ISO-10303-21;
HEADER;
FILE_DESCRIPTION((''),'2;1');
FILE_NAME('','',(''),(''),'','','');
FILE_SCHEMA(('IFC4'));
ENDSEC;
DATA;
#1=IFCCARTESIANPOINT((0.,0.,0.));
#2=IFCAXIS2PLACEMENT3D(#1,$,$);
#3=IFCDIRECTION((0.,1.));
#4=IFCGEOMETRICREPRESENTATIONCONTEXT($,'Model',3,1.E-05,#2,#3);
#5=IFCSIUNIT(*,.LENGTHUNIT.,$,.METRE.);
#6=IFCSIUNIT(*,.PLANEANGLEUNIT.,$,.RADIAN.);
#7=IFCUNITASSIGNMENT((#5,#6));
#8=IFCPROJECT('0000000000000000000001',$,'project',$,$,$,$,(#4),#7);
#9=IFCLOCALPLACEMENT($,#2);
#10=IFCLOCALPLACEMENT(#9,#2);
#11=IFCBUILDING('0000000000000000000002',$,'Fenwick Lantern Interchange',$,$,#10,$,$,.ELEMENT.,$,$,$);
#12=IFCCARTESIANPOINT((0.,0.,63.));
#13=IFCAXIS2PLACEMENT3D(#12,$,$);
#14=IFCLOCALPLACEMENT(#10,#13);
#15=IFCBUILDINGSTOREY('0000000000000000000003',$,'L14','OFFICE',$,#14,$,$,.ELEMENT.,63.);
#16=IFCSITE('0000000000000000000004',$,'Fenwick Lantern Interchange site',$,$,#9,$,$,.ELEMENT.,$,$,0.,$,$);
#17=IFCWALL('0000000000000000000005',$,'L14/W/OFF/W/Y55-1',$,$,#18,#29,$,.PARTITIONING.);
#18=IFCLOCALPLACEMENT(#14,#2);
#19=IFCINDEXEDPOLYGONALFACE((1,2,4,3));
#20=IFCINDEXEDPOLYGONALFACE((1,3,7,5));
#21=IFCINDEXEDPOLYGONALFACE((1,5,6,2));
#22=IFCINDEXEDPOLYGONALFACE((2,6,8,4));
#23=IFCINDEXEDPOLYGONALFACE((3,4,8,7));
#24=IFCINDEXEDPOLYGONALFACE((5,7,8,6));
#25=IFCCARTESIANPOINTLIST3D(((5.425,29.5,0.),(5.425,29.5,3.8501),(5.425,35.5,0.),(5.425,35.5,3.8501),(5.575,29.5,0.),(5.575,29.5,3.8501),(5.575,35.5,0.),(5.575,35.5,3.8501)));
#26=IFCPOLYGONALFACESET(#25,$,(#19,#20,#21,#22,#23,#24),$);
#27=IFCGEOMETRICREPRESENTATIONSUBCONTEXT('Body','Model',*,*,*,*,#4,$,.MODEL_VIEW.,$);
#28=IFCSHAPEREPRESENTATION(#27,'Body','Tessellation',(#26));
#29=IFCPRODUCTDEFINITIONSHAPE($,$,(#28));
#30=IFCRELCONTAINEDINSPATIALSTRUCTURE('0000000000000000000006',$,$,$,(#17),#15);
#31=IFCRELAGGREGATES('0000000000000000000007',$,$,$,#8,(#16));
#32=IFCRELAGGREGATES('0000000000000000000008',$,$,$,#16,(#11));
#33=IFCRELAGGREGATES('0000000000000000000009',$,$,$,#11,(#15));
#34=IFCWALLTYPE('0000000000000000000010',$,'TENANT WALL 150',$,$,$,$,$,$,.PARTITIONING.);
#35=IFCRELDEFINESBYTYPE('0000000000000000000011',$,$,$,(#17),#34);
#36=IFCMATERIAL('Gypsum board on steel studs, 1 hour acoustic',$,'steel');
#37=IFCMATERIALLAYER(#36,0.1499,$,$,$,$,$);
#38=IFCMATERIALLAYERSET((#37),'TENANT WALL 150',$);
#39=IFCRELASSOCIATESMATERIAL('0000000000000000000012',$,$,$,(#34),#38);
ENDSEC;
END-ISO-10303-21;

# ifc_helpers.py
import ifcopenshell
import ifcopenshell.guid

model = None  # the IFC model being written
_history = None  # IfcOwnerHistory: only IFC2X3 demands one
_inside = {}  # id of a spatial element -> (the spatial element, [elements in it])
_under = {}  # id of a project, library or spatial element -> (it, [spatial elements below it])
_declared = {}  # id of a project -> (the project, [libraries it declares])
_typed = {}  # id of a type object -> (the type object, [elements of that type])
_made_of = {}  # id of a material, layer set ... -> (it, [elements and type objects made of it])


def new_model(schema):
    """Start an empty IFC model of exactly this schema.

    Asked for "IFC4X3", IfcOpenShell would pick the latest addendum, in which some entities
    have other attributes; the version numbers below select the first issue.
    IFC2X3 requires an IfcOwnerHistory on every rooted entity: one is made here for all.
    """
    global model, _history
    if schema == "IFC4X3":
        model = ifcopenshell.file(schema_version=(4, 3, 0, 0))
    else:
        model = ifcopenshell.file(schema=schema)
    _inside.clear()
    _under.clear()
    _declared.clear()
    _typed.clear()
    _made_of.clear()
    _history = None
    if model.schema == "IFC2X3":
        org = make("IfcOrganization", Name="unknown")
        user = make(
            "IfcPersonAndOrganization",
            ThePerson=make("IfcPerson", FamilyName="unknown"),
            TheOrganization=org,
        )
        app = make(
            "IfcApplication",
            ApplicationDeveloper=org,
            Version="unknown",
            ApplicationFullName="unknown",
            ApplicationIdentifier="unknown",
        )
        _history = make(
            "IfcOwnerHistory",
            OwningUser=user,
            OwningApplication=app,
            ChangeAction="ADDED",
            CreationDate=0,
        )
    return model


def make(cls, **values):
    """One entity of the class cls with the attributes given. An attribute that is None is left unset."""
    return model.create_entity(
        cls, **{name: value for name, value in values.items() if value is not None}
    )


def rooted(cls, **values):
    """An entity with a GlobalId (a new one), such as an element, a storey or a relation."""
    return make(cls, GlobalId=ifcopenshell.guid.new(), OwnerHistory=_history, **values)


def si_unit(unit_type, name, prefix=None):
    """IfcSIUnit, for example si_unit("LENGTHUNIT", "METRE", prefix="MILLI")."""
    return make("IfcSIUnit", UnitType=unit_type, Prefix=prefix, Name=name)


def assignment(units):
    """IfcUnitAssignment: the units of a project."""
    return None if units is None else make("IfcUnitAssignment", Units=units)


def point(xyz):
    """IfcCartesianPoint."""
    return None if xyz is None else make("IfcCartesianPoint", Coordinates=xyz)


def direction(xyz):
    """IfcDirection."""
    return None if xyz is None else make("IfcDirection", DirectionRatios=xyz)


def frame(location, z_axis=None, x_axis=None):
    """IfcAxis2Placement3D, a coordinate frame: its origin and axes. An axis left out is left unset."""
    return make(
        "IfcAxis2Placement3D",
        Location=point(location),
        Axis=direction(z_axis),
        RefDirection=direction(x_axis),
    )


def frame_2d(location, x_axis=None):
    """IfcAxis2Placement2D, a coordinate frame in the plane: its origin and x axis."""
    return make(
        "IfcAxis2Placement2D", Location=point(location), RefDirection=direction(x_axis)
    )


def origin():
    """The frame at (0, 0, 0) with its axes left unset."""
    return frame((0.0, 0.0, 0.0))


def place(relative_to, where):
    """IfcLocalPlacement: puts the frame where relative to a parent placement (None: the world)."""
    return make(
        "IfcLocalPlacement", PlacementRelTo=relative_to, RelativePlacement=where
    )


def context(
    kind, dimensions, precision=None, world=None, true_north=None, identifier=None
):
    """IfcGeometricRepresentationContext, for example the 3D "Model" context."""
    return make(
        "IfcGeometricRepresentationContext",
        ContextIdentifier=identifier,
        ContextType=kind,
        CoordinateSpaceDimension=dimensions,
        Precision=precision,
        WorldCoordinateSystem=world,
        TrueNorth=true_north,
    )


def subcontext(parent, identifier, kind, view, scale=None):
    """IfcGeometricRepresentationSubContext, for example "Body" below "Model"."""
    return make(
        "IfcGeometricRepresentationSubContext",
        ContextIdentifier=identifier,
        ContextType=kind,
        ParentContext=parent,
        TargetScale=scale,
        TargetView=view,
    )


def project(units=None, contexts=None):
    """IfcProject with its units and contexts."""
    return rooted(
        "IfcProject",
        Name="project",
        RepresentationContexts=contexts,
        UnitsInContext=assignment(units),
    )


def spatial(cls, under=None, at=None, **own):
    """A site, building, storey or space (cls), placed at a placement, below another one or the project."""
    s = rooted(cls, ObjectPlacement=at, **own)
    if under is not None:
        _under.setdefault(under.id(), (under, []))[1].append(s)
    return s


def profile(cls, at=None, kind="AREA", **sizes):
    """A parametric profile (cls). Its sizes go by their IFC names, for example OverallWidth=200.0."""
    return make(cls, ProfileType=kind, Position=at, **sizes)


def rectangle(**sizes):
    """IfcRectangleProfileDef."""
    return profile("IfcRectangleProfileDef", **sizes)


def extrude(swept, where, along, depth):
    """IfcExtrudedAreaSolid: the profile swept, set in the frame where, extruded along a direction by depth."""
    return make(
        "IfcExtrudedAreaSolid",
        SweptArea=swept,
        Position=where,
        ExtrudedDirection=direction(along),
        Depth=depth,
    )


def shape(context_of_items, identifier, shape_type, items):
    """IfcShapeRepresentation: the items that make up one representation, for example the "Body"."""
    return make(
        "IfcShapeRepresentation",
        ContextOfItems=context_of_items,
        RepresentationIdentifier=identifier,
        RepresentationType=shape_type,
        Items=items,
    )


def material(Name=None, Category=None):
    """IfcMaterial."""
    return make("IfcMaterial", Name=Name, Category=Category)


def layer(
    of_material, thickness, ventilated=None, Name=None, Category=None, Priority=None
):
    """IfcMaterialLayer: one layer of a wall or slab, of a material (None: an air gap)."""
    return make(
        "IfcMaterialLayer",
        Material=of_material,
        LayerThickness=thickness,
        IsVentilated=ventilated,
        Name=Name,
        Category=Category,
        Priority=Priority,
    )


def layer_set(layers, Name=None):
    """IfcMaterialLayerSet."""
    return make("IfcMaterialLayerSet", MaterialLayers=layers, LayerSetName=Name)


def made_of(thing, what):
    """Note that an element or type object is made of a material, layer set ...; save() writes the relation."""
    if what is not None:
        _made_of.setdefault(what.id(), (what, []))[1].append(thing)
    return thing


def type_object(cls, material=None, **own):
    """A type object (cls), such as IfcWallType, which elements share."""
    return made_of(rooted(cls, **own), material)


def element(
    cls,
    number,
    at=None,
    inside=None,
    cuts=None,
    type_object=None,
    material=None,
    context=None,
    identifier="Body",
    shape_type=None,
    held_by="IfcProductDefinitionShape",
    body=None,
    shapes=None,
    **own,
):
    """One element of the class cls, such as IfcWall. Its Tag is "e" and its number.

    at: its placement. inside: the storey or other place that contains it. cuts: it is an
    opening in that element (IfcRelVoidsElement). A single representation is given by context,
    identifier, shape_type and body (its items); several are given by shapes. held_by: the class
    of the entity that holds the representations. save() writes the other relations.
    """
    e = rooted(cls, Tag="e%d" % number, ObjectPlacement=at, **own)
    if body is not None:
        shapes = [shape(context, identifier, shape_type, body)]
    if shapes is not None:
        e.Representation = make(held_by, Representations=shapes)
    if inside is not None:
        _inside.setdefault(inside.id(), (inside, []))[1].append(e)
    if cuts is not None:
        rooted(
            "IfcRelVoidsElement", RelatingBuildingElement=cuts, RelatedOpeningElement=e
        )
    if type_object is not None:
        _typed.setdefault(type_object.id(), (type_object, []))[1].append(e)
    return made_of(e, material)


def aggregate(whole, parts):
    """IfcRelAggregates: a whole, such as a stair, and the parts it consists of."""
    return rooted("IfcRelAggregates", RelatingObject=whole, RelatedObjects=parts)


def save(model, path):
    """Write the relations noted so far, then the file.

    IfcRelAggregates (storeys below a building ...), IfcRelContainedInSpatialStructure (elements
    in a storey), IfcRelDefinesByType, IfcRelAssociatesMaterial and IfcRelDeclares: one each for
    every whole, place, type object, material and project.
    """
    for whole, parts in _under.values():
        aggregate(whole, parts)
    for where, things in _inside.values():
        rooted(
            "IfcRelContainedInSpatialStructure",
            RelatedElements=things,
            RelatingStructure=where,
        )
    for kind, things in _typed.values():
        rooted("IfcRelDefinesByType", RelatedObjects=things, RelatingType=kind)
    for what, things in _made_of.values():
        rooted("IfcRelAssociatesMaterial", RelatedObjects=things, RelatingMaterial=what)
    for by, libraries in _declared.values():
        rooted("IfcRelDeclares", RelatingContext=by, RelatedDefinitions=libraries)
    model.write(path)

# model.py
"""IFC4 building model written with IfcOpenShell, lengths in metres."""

from ifc_helpers import new_model, si_unit, direction, frame, frame_2d, origin, place, context, subcontext, project, spatial, rectangle, extrude, material, layer, layer_set, type_object, element, save


model = new_model("IFC4")

# Units and contexts
model_context = context("Model", 3, precision=1e-05, world=origin(), true_north=direction((0.0, 1.0)))
body_context = subcontext(model_context, "Body", "Model", "MODEL_VIEW")
ifc_project = project(units=[si_unit("LENGTHUNIT", "METRE"), si_unit("PLANEANGLEUNIT", "RADIAN")], contexts=[model_context])

# Site, building, storey
site_placement = place(None, origin())
site = spatial("IfcSite", under=ifc_project, at=site_placement, Name="Fenwick Lantern Interchange site", CompositionType="ELEMENT", RefElevation=0.0)
building_placement = place(site_placement, origin())
building = spatial("IfcBuilding", under=site, at=building_placement, Name="Fenwick Lantern Interchange", CompositionType="ELEMENT")
storey_placement = place(building_placement, frame((0.0, 0.0, 63.0)))
storey = spatial("IfcBuildingStorey", under=building, at=storey_placement, Name="L14", Description="OFFICE", CompositionType="ELEMENT", Elevation=63.0)

# Wall
ifc_material_1 = material(Name="Gypsum board on steel studs, 1 hour acoustic", Category="steel")
ifc_layer_1 = layer(ifc_material_1, 0.1499)
ifc_layer_set_1 = layer_set([ifc_layer_1], Name="TENANT WALL 150")
wall_type_1 = type_object("IfcWallType", Name="TENANT WALL 150", PredefinedType="PARTITIONING", material=ifc_layer_set_1)
for number, where, z_axis, x_axis, name in (
    (1, (5.5, 35.5, 0.0), (0.0, 0.0, 1.0), (0.0, -1.0, 0.0), "L14/W/OFF/W/Y55-1"),
):
    element("IfcWall", number, at=place(storey_placement, frame(where, z_axis=z_axis, x_axis=x_axis)), inside=storey, type_object=wall_type_1, Name=name, PredefinedType="PARTITIONING", context=body_context, shape_type="SweptSolid", body=[
        extrude(rectangle(XDim=6.0, YDim=0.1499, at=frame_2d((3.0, 0.0))), origin(), (0.0, 0.0, 1.0), 3.8501),
    ])

save(model, "model.ifc")
